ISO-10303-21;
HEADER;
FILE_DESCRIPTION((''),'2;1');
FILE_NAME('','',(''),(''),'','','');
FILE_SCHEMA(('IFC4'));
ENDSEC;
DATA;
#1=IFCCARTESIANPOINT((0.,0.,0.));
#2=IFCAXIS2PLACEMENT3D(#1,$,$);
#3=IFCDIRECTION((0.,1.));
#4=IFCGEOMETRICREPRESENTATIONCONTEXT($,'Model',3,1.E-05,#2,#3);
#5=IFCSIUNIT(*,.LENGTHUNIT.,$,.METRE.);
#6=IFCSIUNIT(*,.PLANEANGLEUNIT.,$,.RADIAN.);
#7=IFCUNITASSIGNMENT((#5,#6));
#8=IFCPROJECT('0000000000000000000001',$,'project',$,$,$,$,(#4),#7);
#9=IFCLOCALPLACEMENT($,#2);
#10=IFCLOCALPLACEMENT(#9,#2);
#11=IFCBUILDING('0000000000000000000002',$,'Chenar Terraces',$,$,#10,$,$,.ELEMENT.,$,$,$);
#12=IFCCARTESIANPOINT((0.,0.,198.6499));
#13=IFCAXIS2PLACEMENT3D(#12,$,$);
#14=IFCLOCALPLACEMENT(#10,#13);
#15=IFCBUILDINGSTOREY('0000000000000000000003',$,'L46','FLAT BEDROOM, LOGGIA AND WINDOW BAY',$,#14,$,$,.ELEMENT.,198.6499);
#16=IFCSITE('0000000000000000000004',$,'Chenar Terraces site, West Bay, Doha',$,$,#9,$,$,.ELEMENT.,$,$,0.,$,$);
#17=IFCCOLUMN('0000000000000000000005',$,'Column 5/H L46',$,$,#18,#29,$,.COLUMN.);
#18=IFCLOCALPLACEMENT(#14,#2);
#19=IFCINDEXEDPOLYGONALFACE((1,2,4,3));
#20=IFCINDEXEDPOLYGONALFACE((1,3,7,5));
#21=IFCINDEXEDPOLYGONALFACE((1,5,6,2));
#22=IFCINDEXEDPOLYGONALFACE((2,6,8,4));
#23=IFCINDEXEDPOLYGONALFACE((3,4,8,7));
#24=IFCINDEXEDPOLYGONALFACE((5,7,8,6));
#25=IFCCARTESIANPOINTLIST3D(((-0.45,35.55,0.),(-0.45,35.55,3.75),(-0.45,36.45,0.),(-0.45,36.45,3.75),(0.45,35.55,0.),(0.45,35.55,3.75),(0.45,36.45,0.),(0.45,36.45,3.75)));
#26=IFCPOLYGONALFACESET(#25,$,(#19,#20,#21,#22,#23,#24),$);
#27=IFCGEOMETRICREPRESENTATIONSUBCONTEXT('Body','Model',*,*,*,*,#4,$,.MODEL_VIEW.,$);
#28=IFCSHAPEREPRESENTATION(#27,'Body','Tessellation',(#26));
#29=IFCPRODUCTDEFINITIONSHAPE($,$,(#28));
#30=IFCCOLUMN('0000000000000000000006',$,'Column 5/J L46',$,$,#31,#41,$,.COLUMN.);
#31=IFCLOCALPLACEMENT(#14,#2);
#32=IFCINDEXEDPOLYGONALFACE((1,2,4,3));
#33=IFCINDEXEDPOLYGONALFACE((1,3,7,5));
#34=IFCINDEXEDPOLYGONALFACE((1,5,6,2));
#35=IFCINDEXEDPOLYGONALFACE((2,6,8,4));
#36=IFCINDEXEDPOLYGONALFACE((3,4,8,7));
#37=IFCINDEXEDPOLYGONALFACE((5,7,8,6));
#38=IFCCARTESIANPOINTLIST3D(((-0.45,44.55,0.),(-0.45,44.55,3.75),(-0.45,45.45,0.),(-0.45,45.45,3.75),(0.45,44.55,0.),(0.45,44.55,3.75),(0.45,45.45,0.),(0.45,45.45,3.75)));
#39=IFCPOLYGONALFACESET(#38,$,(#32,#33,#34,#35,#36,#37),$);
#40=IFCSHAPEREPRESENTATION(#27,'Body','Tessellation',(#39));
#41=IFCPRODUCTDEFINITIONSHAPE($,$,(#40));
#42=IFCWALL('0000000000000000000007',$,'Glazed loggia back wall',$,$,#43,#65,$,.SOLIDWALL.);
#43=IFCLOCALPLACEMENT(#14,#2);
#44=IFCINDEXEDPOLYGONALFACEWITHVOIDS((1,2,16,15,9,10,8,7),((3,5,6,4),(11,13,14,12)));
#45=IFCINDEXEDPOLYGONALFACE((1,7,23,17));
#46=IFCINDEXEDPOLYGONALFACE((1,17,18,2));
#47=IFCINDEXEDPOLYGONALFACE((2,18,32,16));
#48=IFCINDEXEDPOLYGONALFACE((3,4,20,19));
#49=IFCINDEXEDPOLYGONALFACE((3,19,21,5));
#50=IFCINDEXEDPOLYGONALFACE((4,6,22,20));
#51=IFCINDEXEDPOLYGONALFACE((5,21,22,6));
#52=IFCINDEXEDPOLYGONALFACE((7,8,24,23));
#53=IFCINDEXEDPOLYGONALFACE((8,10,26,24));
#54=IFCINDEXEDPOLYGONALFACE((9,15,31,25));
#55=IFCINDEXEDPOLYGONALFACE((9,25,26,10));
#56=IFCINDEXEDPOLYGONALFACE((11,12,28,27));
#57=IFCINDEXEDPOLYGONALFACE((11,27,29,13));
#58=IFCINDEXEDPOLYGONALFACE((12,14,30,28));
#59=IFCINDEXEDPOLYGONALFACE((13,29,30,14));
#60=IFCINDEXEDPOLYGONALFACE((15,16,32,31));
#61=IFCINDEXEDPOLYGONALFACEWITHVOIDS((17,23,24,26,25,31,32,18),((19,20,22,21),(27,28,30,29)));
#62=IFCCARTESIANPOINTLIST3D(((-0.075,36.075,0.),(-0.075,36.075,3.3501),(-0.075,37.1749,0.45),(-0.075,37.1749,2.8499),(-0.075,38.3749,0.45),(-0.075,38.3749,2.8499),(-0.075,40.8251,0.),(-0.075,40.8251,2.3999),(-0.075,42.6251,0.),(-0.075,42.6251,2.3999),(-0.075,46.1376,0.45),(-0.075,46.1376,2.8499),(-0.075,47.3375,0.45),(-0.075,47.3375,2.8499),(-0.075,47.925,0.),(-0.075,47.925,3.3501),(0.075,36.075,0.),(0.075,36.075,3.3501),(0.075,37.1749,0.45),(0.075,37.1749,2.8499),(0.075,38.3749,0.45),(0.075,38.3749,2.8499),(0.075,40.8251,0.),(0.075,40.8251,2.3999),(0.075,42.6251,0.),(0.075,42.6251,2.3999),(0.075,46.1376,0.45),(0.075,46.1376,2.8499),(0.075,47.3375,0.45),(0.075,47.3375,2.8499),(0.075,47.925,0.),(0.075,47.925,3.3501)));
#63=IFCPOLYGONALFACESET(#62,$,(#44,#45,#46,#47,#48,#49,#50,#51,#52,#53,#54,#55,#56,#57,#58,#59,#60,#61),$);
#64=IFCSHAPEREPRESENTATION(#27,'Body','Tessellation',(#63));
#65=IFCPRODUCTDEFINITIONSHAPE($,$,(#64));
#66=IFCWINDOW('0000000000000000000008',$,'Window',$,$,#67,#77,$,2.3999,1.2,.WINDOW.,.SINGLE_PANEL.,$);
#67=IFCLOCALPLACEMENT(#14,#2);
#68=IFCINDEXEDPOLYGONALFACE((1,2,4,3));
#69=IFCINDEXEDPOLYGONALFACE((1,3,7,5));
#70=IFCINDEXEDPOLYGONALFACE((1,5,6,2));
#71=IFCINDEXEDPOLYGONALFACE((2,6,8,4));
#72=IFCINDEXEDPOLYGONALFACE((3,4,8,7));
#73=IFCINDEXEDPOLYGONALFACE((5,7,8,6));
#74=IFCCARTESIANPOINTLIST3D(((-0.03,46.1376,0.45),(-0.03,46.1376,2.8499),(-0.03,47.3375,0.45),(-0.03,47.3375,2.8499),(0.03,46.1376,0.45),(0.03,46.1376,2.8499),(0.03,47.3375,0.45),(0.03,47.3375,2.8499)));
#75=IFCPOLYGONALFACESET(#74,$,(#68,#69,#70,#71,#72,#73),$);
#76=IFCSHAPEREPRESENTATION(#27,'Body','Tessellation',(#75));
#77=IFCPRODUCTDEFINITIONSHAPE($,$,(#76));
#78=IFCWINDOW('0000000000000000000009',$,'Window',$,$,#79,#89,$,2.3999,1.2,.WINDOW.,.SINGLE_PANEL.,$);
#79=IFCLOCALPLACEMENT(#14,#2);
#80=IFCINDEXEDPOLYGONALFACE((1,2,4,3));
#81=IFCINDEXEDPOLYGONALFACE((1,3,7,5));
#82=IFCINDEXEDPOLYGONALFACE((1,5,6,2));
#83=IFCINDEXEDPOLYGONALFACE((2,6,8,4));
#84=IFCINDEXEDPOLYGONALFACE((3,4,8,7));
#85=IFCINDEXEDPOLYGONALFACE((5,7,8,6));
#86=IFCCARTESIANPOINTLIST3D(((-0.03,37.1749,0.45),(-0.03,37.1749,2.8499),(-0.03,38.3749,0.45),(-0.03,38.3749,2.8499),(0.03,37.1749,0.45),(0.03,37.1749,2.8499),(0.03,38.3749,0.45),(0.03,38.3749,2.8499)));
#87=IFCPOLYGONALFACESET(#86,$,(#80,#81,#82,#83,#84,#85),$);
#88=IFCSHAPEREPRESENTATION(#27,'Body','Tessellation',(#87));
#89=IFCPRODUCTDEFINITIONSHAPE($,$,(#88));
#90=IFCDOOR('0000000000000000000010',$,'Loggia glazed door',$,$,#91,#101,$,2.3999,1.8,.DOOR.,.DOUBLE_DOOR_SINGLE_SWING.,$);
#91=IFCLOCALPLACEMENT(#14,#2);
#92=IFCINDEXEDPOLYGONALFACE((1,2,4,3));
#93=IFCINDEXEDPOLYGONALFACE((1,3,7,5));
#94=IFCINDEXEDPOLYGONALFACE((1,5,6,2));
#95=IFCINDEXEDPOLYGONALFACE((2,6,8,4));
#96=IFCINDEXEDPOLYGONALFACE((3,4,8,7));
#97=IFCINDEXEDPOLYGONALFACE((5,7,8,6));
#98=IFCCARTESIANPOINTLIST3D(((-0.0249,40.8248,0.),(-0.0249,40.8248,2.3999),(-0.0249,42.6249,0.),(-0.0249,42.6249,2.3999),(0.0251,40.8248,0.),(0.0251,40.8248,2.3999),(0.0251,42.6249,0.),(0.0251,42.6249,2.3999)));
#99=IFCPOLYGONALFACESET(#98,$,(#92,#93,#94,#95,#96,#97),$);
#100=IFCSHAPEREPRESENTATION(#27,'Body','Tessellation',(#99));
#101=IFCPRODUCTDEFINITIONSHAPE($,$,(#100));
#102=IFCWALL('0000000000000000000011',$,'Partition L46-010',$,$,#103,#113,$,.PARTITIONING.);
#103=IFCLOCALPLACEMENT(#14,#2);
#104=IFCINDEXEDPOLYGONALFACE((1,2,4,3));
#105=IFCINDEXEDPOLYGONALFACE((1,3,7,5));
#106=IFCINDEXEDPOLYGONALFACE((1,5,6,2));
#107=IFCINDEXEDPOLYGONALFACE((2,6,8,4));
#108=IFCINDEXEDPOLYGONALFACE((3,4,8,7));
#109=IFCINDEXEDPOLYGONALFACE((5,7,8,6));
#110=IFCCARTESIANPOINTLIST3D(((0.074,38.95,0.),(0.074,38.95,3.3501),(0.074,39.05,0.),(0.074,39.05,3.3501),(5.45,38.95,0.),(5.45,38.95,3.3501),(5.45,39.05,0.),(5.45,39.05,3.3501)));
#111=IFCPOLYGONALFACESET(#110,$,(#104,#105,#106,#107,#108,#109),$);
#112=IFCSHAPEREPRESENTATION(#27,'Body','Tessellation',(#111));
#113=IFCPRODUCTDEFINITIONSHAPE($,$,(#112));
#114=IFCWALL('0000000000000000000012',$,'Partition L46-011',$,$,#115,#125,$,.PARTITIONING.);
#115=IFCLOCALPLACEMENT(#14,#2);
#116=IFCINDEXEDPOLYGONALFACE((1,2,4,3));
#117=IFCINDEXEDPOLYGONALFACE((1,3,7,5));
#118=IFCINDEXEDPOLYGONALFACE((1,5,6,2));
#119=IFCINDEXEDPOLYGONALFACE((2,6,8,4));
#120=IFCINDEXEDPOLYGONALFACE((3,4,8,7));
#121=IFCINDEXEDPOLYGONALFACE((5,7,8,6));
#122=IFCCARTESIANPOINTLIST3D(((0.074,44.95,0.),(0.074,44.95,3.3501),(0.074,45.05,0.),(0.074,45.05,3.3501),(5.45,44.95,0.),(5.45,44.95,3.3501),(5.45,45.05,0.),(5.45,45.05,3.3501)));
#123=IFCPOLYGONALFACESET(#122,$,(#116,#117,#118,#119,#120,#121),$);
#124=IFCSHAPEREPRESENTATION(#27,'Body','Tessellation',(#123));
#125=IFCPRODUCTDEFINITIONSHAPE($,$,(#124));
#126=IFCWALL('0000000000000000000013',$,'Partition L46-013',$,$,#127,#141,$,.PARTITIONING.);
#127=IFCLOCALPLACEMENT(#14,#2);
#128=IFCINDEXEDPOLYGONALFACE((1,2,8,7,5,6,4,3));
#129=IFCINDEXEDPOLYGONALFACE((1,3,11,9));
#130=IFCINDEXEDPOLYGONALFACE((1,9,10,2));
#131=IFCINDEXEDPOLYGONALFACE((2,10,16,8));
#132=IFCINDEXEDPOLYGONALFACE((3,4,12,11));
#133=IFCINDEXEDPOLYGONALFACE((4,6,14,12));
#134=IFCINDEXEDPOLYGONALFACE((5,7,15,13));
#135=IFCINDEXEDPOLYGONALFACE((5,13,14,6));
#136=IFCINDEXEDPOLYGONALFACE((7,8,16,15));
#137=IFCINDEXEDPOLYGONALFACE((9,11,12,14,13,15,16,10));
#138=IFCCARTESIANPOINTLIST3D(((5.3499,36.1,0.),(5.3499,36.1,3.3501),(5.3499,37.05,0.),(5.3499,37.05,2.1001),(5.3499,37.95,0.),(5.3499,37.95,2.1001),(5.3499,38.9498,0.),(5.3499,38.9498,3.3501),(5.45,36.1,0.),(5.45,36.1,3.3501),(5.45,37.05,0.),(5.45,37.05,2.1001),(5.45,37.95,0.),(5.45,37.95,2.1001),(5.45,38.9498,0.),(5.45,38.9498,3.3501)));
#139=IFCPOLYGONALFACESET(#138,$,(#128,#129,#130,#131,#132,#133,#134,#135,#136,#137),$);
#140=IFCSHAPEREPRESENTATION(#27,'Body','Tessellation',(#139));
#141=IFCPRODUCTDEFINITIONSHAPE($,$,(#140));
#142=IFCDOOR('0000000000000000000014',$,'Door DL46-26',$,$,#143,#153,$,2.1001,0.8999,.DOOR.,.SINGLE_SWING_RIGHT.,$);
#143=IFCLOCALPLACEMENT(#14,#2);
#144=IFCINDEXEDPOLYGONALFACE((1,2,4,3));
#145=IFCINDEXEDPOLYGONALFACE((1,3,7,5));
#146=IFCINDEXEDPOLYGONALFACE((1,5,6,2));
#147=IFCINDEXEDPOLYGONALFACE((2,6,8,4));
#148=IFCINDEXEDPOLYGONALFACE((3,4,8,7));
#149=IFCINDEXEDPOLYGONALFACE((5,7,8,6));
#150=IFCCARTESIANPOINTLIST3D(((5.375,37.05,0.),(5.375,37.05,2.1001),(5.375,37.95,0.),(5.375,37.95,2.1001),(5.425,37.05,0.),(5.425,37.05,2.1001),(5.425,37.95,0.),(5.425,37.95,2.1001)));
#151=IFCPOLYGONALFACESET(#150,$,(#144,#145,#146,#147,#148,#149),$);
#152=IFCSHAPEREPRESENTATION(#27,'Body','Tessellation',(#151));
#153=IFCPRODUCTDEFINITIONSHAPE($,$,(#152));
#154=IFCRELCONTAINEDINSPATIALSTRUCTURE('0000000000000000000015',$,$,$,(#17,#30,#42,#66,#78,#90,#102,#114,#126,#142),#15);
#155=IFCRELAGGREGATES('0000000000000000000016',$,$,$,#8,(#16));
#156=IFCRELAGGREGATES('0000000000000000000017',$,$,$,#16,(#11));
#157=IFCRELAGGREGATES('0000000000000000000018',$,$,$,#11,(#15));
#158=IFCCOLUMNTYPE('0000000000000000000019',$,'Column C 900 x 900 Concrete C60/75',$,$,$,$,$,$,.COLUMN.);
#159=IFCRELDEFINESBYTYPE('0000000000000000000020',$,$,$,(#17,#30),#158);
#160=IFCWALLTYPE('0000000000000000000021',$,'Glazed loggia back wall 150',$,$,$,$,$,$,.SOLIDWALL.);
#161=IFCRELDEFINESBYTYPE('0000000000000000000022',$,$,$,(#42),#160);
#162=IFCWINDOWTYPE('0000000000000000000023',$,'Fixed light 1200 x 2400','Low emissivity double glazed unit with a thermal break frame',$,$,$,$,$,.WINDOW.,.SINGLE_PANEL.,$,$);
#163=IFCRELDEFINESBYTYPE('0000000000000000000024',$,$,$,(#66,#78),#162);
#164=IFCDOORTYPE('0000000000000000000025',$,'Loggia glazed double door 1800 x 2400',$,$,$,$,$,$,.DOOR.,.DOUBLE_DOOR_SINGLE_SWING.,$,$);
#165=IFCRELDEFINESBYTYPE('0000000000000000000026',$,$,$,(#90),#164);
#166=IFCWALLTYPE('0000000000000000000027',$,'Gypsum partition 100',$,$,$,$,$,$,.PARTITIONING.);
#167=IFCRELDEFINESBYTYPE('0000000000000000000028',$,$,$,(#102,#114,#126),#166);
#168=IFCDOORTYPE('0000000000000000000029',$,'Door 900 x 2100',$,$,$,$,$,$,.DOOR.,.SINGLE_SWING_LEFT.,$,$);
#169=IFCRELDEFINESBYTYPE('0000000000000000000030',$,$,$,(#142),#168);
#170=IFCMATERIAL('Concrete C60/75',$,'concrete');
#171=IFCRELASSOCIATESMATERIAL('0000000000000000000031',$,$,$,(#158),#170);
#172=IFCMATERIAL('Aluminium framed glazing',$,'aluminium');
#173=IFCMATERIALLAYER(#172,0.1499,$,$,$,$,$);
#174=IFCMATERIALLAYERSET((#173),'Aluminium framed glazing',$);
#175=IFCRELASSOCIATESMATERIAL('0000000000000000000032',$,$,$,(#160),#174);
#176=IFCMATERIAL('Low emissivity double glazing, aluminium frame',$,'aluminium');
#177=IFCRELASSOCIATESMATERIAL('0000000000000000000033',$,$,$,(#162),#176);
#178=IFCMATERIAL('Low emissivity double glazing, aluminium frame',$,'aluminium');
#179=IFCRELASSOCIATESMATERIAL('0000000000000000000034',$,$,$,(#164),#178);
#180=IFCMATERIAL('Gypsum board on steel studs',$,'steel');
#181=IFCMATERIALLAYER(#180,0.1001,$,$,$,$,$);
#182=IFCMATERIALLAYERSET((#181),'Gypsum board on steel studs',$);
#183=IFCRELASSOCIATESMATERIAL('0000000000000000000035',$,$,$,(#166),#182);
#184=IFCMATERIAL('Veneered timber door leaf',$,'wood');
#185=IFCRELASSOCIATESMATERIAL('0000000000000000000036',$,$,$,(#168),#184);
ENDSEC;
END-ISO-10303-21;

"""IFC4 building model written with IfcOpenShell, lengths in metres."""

from ifc_helpers import new_model, si_unit, direction, frame, frame_2d, origin, origin_2d, place, context, subcontext, project, spatial, rectangle, extrude, material, layer, layer_set, material_profile, profile_set, type_object, element, fill, save


model = new_model("IFC4")

# Units and contexts
model_context = context("Model", 3, precision=1e-05, world=origin(), true_north=direction((0.0, 1.0)))
body_context = subcontext(model_context, "Body", "Model", "MODEL_VIEW")
ifc_project = project(units=[si_unit("LENGTHUNIT", "METRE"), si_unit("PLANEANGLEUNIT", "RADIAN")], contexts=[model_context])

# Site, building, storey
site_placement = place(None, origin())
site = spatial("IfcSite", under=ifc_project, at=site_placement, Name="Chenar Terraces site, West Bay, Doha", CompositionType="ELEMENT", RefElevation=0.0)
building_placement = place(site_placement, origin())
building = spatial("IfcBuilding", under=site, at=building_placement, Name="Chenar Terraces", CompositionType="ELEMENT")
storey_placement = place(building_placement, frame((0.0, 0.0, 198.6499)))
storey = spatial("IfcBuildingStorey", under=building, at=storey_placement, Name="L46", Description="FLAT BEDROOM, LOGGIA AND WINDOW BAY", CompositionType="ELEMENT", Elevation=198.6499)

# Columns
ifc_material_1 = material(Name="Concrete C60/75", Category="concrete")
ifc_material_profile = material_profile(ifc_material_1, rectangle(XDim=0.8999, YDim=0.8999, at=origin_2d()), Name="C 900 x 900")
ifc_profile_set = profile_set([ifc_material_profile], Name="Concrete C60/75")
column_type = type_object("IfcColumnType", Name="Column C 900 x 900 Concrete C60/75", PredefinedType="COLUMN", material=ifc_profile_set)
placement = place(storey_placement, frame((0.0, 36.0, 0.0), z_axis=(0.0, 0.0, 1.0), x_axis=(1.0, 0.0, 0.0)))
element("IfcColumn", 1, at=placement, inside=storey, type_object=column_type, Name="Column 5/H L46", PredefinedType="COLUMN", context=body_context, shape_type="SweptSolid", body=[
    extrude(rectangle(XDim=0.8999, YDim=0.8999, at=origin_2d()), origin(), (0.0, 0.0, 1.0), 3.75),
])
column_1_placement = place(storey_placement, frame((0.0, 45.0, 0.0), z_axis=(0.0, 0.0, 1.0), x_axis=(1.0, 0.0, 0.0)))
element("IfcColumn", 2, at=column_1_placement, inside=storey, type_object=column_type, Name="Column 5/J L46", PredefinedType="COLUMN", context=body_context, shape_type="SweptSolid", body=[
    extrude(rectangle(XDim=0.8999, YDim=0.8999, at=origin_2d()), origin(), (0.0, 0.0, 1.0), 3.75),
])

# Wall, openings, windows, door
ifc_material_2 = material(Name="Aluminium framed glazing", Category="aluminium")
ifc_layer_1 = layer(ifc_material_2, 0.1499)
ifc_layer_set_1 = layer_set([ifc_layer_1], Name="Aluminium framed glazing")
wall_type_1 = type_object("IfcWallType", Name="Glazed loggia back wall 150", PredefinedType="SOLIDWALL", material=ifc_layer_set_1)
wall_1_placement = place(storey_placement, frame((0.0, 47.925, 0.0), z_axis=(0.0, 0.0, 1.0), x_axis=(0.0, -1.0, 0.0)))
wall_1 = element("IfcWall", 3, at=wall_1_placement, inside=storey, type_object=wall_type_1, Name="Glazed loggia back wall", PredefinedType="SOLIDWALL", context=body_context, shape_type="SweptSolid", body=[
    extrude(rectangle(XDim=11.8501, YDim=0.1499, at=frame_2d((5.925, 0.0))), origin(), (0.0, 0.0, 1.0), 3.3501),
])
opening_1_placement = place(wall_1_placement, frame((0.5874, 0.0, 0.45)))
opening_1 = element("IfcOpeningElement", 4, at=opening_1_placement, cuts=wall_1, PredefinedType="OPENING", context=body_context, shape_type="SweptSolid", body=[
    extrude(rectangle(XDim=1.2, YDim=2.3999, at=frame_2d((0.6001, 1.2))), frame((0.0, 0.085, 0.0), z_axis=(0.0, -1.0, 0.0), x_axis=(1.0, 0.0, 0.0)), (0.0, 0.0, 1.0), 0.1699),
])
opening_2_placement = place(wall_1_placement, frame((5.3, 0.0, 0.0)))
opening_2 = element("IfcOpeningElement", 5, at=opening_2_placement, cuts=wall_1, PredefinedType="OPENING", context=body_context, shape_type="SweptSolid", body=[
    extrude(rectangle(XDim=1.8, YDim=2.3999, at=frame_2d((0.8999, 1.2))), frame((0.0, 0.085, 0.0), z_axis=(0.0, -1.0, 0.0), x_axis=(1.0, 0.0, 0.0)), (0.0, 0.0, 1.0), 0.1699),
])
opening_3_placement = place(wall_1_placement, frame((9.55, 0.0, 0.45)))
opening_3 = element("IfcOpeningElement", 6, at=opening_3_placement, cuts=wall_1, PredefinedType="OPENING", context=body_context, shape_type="SweptSolid", body=[
    extrude(rectangle(XDim=1.2, YDim=2.3999, at=frame_2d((0.6001, 1.2))), frame((0.0, 0.085, 0.0), z_axis=(0.0, -1.0, 0.0), x_axis=(1.0, 0.0, 0.0)), (0.0, 0.0, 1.0), 0.1699),
])
ifc_material_3 = material(Name="Low emissivity double glazing, aluminium frame", Category="aluminium")
window_type = type_object("IfcWindowType", Name="Fixed light 1200 x 2400", Description="Low emissivity double glazed unit with a thermal break frame", PartitioningType="SINGLE_PANEL", PredefinedType="WINDOW", material=ifc_material_3)
window_1_placement = place(opening_1_placement, origin())
window_1 = element("IfcWindow", 7, at=window_1_placement, inside=storey, type_object=window_type, Name="Window", OverallHeight=2.3999, OverallWidth=1.2, PartitioningType="SINGLE_PANEL", PredefinedType="WINDOW", context=body_context, shape_type="SweptSolid", body=[
    extrude(rectangle(XDim=1.2, YDim=2.3999, at=frame_2d((0.6001, 1.2))), frame((0.0, 0.03, 0.0), z_axis=(0.0, -1.0, 0.0), x_axis=(1.0, 0.0, 0.0)), (0.0, 0.0, 1.0), 0.0601),
])
fill(opening_1, window_1)
window_2_placement = place(opening_3_placement, origin())
window_2 = element("IfcWindow", 8, at=window_2_placement, inside=storey, type_object=window_type, Name="Window", OverallHeight=2.3999, OverallWidth=1.2, PartitioningType="SINGLE_PANEL", PredefinedType="WINDOW", context=body_context, shape_type="SweptSolid", body=[
    extrude(rectangle(XDim=1.2, YDim=2.3999, at=frame_2d((0.6001, 1.2))), frame((0.0, 0.03, 0.0), z_axis=(0.0, -1.0, 0.0), x_axis=(1.0, 0.0, 0.0)), (0.0, 0.0, 1.0), 0.0601),
])
fill(opening_3, window_2)
ifc_material_4 = material(Name="Low emissivity double glazing, aluminium frame", Category="aluminium")
door_type_1 = type_object("IfcDoorType", Name="Loggia glazed double door 1800 x 2400", OperationType="DOUBLE_DOOR_SINGLE_SWING", PredefinedType="DOOR", material=ifc_material_4)
door_1_placement = place(opening_2_placement, frame((1.8, 0.0, 0.0), z_axis=(0.0, 0.0, 1.0), x_axis=(-1.0, 0.0, 0.0)))
door_1 = element("IfcDoor", 9, at=door_1_placement, inside=storey, type_object=door_type_1, Name="Loggia glazed door", OperationType="DOUBLE_DOOR_SINGLE_SWING", OverallHeight=2.3999, OverallWidth=1.8, PredefinedType="DOOR", context=body_context, shape_type="SweptSolid", body=[
    extrude(rectangle(XDim=1.8, YDim=2.3999, at=frame_2d((0.8999, 1.2))), frame((0.0, 0.0249, 0.0), z_axis=(0.0, -1.0, 0.0), x_axis=(1.0, 0.0, 0.0)), (0.0, 0.0, 1.0), 0.05),
])
fill(opening_2, door_1)

# Walls
ifc_material_5 = material(Name="Gypsum board on steel studs", Category="steel")
ifc_layer_2 = layer(ifc_material_5, 0.1001)
ifc_layer_set_2 = layer_set([ifc_layer_2], Name="Gypsum board on steel studs")
wall_type_2 = type_object("IfcWallType", Name="Gypsum partition 100", PredefinedType="PARTITIONING", material=ifc_layer_set_2)
for number, where, z_axis, x_axis, name in (
    (10, (0.074, 39.0, 0.0), (0.0, 0.0, 1.0), (1.0, 0.0, 0.0), "Partition L46-010"),
    (11, (0.074, 45.0, 0.0), (0.0, 0.0, 1.0), (1.0, 0.0, 0.0), "Partition L46-011"),
):
    element("IfcWall", number, at=place(storey_placement, frame(where, z_axis=z_axis, x_axis=x_axis)), inside=storey, type_object=wall_type_2, Name=name, PredefinedType="PARTITIONING", context=body_context, shape_type="SweptSolid", body=[
        extrude(rectangle(XDim=5.376, YDim=0.1001, at=frame_2d((2.688, 0.0))), origin(), (0.0, 0.0, 1.0), 3.3501),
    ])

# Wall, opening, door
wall_2_placement = place(storey_placement, frame((5.3999, 36.1001, 0.0), z_axis=(0.0, 0.0, 1.0), x_axis=(0.0, 1.0, 0.0)))
wall_2 = element("IfcWall", 12, at=wall_2_placement, inside=storey, type_object=wall_type_2, Name="Partition L46-013", PredefinedType="PARTITIONING", context=body_context, shape_type="SweptSolid", body=[
    extrude(rectangle(XDim=2.8499, YDim=0.1001, at=frame_2d((1.4248, 0.0))), origin(), (0.0, 0.0, 1.0), 3.3501),
])
opening_4_placement = place(wall_2_placement, frame((0.95, 0.0, 0.0)))
opening_4 = element("IfcOpeningElement", 13, at=opening_4_placement, cuts=wall_2, PredefinedType="OPENING", context=body_context, shape_type="SweptSolid", body=[
    extrude(rectangle(XDim=0.8999, YDim=2.1001, at=frame_2d((0.45, 1.05))), frame((0.0, 0.0601, 0.0), z_axis=(0.0, -1.0, 0.0), x_axis=(1.0, 0.0, 0.0)), (0.0, 0.0, 1.0), 0.1201),
])
ifc_material_6 = material(Name="Veneered timber door leaf", Category="wood")
door_type_2 = type_object("IfcDoorType", Name="Door 900 x 2100", OperationType="SINGLE_SWING_LEFT", PredefinedType="DOOR", material=ifc_material_6)
door_2_placement = place(opening_4_placement, origin())
door_2 = element("IfcDoor", 14, at=door_2_placement, inside=storey, type_object=door_type_2, Name="Door DL46-26", OperationType="SINGLE_SWING_RIGHT", OverallHeight=2.1001, OverallWidth=0.8999, PredefinedType="DOOR", context=body_context, shape_type="SweptSolid", body=[
    extrude(rectangle(XDim=0.8999, YDim=2.1001, at=frame_2d((0.45, 1.05))), frame((0.0, 0.0249, 0.0), z_axis=(0.0, -1.0, 0.0), x_axis=(1.0, 0.0, 0.0)), (0.0, 0.0, 1.0), 0.05),
])
fill(opening_4, door_2)

save(model, "model.ifc")
